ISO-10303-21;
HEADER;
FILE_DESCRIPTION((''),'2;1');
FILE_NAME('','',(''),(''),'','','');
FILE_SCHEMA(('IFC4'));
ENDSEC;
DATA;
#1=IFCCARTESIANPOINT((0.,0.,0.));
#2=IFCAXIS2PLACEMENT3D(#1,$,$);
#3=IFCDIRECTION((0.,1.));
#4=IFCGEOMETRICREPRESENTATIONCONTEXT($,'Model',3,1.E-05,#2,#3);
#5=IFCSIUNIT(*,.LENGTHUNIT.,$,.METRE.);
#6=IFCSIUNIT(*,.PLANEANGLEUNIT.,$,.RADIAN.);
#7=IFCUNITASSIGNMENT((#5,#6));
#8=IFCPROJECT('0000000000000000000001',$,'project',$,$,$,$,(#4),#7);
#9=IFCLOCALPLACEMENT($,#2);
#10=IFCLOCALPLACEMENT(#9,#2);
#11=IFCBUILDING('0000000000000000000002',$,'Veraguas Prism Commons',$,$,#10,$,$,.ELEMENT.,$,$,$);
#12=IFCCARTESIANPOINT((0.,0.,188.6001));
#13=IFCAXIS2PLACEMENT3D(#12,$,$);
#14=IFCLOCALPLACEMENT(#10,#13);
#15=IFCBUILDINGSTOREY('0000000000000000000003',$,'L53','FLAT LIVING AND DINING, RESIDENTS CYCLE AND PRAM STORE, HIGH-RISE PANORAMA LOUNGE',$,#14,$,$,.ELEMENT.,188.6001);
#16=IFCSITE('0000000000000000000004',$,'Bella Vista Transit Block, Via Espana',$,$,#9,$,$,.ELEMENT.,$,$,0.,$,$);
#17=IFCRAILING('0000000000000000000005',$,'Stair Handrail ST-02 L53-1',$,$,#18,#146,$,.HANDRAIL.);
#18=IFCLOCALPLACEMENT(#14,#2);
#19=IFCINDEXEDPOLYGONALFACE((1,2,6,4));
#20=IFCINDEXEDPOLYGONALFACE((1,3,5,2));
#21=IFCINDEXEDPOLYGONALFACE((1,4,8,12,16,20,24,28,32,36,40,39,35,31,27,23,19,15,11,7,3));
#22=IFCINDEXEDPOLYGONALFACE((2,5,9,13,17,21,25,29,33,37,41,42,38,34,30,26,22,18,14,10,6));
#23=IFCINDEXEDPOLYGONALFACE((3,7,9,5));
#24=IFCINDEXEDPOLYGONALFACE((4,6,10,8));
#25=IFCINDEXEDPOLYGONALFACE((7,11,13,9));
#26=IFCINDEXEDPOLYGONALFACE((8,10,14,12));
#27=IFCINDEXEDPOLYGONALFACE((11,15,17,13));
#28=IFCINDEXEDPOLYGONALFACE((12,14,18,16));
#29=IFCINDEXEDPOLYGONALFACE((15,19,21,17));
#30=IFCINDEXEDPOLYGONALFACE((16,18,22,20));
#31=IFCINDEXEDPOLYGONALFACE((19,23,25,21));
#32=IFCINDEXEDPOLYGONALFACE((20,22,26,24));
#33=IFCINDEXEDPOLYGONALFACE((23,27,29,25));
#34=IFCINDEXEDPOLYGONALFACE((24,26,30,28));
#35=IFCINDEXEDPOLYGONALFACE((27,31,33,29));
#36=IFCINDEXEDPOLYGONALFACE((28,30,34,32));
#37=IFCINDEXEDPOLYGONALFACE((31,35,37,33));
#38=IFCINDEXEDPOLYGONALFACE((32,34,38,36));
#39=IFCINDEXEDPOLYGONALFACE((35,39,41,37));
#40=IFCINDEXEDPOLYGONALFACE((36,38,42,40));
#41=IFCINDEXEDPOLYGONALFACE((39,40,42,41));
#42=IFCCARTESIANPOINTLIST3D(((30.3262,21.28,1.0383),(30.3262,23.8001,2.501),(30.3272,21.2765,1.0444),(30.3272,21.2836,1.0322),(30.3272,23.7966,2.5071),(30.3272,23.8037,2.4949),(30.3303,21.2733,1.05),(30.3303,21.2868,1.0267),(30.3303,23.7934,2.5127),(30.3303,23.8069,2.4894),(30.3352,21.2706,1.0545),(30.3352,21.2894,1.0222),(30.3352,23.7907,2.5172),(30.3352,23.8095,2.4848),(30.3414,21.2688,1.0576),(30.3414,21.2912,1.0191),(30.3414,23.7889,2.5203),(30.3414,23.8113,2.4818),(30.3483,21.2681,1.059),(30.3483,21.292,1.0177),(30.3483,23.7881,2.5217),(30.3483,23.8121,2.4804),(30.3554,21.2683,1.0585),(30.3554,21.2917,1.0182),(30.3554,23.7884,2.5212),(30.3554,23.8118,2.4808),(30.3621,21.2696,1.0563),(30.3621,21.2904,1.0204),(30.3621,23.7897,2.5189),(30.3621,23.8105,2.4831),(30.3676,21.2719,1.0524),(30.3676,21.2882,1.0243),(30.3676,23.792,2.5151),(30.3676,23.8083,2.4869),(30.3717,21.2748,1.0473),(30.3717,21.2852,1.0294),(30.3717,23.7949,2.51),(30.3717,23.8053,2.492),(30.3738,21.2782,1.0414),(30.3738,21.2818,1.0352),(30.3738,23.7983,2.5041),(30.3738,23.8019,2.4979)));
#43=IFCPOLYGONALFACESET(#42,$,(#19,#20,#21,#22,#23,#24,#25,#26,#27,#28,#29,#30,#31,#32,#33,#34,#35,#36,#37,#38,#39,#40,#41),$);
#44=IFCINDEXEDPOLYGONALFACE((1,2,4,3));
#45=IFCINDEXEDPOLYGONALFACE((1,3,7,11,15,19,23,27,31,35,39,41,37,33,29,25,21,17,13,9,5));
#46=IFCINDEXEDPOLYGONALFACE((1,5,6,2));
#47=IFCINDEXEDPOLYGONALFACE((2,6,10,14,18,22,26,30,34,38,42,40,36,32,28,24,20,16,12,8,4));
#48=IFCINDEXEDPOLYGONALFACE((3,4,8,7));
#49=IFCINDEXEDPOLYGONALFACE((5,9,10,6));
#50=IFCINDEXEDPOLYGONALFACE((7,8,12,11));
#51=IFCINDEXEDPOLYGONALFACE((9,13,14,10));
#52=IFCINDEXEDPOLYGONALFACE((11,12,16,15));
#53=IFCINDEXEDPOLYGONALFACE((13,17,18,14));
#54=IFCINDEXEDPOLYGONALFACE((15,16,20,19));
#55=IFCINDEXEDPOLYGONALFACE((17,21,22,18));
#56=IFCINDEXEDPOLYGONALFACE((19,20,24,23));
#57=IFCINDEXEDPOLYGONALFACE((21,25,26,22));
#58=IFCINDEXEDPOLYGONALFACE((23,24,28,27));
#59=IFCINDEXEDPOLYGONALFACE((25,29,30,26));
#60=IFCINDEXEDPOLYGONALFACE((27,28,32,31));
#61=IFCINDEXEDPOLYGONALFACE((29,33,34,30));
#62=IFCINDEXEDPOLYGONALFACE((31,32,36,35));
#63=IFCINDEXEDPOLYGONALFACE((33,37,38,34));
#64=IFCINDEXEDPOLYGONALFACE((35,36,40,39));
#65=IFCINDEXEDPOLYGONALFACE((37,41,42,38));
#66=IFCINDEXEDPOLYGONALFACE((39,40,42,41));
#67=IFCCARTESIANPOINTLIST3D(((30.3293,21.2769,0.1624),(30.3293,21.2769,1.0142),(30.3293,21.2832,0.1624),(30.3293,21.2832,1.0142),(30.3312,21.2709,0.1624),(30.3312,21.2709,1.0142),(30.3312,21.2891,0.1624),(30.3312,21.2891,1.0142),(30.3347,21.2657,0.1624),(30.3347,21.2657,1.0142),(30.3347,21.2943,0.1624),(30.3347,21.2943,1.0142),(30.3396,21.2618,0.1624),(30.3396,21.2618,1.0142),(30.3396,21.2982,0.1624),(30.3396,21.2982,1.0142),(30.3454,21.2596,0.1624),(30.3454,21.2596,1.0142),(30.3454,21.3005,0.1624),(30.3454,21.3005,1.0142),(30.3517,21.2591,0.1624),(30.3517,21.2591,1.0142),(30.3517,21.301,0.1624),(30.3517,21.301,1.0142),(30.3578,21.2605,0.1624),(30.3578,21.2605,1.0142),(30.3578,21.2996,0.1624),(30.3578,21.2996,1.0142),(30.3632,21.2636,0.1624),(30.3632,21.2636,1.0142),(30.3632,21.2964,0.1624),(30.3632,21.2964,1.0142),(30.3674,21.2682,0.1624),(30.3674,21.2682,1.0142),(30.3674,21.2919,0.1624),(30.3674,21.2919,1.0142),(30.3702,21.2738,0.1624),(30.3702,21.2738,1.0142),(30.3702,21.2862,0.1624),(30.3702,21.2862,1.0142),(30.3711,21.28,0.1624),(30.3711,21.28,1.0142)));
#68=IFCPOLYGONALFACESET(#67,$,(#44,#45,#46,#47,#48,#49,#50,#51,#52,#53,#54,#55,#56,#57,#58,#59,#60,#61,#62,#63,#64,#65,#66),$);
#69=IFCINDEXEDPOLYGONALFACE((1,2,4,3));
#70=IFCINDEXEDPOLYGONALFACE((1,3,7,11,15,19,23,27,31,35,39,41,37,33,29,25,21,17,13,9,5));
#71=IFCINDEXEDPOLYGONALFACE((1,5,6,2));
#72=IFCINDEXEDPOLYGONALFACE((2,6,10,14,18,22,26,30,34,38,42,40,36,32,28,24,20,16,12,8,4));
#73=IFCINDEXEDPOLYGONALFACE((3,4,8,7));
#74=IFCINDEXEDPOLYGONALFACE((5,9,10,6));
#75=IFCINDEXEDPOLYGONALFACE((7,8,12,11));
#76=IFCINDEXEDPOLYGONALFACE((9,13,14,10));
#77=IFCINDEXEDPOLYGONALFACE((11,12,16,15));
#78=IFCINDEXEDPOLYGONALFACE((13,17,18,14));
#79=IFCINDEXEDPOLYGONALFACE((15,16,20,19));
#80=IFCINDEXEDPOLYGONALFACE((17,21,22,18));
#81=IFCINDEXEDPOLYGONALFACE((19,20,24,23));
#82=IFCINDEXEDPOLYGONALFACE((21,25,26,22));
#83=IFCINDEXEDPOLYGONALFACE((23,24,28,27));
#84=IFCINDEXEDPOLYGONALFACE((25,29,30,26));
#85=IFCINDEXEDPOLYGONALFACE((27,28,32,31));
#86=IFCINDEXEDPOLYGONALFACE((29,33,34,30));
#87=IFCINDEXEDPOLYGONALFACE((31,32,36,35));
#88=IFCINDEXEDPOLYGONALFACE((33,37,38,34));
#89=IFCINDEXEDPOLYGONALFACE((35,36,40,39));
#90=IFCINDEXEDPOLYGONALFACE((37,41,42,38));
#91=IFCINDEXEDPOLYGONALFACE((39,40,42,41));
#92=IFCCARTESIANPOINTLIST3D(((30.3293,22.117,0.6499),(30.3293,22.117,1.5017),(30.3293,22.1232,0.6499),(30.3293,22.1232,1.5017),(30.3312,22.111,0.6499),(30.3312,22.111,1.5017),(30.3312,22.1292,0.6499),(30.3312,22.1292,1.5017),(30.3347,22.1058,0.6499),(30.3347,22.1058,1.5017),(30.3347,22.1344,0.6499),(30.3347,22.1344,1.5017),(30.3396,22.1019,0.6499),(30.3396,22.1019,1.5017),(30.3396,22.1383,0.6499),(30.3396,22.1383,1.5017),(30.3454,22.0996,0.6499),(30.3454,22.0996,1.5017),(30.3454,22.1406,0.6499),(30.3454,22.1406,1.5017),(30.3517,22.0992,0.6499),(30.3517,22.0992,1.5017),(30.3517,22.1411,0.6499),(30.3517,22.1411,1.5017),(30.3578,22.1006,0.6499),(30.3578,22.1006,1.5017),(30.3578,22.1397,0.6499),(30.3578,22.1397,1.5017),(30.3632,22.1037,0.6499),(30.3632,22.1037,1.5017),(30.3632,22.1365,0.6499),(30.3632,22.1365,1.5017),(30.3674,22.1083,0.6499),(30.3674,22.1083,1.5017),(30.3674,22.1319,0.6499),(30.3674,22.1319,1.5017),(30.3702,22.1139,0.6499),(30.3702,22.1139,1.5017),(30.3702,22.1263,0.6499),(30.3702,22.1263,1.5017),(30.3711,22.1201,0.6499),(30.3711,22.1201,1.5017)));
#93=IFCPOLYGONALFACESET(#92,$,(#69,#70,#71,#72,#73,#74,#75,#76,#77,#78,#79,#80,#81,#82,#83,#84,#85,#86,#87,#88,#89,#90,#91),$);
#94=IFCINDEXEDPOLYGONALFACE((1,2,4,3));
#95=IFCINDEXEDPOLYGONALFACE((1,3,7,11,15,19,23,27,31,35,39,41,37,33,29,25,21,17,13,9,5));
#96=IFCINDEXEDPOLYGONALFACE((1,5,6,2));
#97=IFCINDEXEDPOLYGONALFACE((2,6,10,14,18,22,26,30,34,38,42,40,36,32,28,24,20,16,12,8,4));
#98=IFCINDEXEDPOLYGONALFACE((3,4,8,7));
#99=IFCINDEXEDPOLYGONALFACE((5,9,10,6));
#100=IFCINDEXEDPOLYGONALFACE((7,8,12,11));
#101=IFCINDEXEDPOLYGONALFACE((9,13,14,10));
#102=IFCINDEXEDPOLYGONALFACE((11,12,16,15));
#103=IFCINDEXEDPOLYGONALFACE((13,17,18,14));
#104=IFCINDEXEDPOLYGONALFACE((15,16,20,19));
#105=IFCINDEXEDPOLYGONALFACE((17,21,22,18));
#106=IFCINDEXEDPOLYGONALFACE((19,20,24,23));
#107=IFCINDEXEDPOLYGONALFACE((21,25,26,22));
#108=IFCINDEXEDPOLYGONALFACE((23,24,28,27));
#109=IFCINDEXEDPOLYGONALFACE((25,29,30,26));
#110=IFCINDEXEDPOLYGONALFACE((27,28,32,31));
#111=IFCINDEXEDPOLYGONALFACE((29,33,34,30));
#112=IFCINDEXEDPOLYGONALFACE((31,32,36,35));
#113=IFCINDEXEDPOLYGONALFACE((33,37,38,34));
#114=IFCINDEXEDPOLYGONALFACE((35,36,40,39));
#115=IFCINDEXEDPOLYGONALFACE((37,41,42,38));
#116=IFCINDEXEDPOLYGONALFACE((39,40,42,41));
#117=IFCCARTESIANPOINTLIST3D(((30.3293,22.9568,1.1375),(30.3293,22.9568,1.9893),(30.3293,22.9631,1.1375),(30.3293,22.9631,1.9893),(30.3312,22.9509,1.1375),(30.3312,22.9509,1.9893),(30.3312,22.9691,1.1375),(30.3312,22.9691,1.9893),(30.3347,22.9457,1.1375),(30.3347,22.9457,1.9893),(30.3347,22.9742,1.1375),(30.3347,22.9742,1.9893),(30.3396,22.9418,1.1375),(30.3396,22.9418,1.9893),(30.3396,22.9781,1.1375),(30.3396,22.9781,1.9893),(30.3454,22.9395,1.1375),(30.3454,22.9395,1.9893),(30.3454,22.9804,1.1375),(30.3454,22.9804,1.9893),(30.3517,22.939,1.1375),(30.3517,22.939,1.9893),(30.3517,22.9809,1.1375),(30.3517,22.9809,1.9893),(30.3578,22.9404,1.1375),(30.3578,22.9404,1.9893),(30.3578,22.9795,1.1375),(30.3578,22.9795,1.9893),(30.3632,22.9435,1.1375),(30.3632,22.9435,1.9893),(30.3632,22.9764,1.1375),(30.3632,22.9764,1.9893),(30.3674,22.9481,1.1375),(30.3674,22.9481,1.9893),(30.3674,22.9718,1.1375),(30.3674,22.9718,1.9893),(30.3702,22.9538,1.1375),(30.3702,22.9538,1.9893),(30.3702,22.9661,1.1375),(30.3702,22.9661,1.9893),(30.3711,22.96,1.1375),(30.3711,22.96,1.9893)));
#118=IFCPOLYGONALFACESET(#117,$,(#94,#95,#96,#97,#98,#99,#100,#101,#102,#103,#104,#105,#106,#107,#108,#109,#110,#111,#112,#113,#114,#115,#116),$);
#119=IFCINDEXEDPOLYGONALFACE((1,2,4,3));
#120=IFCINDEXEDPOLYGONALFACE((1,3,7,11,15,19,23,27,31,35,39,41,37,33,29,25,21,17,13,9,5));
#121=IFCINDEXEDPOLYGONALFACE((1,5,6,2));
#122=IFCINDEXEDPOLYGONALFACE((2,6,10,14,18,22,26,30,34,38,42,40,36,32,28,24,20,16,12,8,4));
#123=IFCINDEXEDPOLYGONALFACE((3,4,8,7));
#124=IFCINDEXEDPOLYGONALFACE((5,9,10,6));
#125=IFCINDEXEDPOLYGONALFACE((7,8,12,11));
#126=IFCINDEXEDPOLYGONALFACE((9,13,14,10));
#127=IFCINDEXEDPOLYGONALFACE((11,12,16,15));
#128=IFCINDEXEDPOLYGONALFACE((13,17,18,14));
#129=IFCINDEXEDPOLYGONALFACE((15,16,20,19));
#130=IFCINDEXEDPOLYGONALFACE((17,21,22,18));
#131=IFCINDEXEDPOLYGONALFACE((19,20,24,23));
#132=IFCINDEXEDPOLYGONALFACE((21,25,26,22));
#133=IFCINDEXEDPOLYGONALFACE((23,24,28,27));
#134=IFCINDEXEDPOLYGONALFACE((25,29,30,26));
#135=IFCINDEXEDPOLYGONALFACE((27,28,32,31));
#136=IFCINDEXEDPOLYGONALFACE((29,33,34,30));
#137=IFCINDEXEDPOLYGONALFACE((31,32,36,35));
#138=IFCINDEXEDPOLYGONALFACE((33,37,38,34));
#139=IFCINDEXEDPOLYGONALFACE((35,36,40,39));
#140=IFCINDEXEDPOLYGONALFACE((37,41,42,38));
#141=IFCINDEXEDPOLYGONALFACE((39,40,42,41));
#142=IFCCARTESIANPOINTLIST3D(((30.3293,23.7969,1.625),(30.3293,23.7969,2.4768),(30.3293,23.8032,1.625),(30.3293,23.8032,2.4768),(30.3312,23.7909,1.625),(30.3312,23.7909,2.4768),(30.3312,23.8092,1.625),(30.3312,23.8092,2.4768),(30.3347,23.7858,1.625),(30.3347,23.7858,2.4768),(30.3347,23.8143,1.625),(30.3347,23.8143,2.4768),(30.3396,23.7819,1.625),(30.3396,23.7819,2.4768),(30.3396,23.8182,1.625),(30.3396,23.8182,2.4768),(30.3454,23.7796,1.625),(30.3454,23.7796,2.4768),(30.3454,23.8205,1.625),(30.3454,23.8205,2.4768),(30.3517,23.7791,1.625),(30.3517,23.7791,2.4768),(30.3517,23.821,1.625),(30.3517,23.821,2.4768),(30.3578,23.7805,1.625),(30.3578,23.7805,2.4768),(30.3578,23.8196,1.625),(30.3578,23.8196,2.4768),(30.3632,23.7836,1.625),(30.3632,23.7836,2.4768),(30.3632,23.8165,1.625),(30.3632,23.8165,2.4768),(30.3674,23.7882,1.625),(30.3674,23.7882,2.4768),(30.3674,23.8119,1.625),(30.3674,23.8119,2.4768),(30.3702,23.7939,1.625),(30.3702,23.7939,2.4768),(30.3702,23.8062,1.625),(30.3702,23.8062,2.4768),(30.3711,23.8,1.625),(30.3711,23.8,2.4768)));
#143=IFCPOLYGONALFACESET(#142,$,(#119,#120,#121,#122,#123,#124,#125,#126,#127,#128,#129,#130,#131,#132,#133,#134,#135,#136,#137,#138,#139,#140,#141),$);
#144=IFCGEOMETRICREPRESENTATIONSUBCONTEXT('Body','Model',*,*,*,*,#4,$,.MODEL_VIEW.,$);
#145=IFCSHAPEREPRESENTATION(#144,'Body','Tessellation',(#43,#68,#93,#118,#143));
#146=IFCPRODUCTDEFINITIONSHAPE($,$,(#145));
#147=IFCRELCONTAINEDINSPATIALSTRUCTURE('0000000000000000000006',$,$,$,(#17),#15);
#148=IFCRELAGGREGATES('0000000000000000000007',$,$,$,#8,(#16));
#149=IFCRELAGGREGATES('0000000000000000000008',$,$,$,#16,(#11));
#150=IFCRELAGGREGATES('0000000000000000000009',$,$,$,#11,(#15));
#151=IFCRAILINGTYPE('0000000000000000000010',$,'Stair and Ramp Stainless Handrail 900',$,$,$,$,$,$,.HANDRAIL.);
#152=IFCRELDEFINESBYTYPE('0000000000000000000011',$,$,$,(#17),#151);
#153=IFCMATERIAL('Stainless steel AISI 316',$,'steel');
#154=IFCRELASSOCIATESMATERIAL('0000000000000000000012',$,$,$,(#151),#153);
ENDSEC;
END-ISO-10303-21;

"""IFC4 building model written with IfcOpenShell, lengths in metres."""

from ifc_helpers import new_model, si_unit, direction, frame, origin, origin_2d, place, context, subcontext, project, spatial, circle, extrude, material, type_object, element, save


model = new_model("IFC4")

# Units and contexts
model_context = context("Model", 3, precision=1e-05, world=origin(), true_north=direction((0.0, 1.0)))
body_context = subcontext(model_context, "Body", "Model", "MODEL_VIEW")
ifc_project = project(units=[si_unit("LENGTHUNIT", "METRE"), si_unit("PLANEANGLEUNIT", "RADIAN")], contexts=[model_context])

# Site, building, storey
site_placement = place(None, origin())
site = spatial("IfcSite", under=ifc_project, at=site_placement, Name="Bella Vista Transit Block, Via Espana", CompositionType="ELEMENT", RefElevation=0.0)
building_placement = place(site_placement, origin())
building = spatial("IfcBuilding", under=site, at=building_placement, Name="Veraguas Prism Commons", CompositionType="ELEMENT")
storey_placement = place(building_placement, frame((0.0, 0.0, 188.6001)))
storey = spatial("IfcBuildingStorey", under=building, at=storey_placement, Name="L53", Description="FLAT LIVING AND DINING, RESIDENTS CYCLE AND PRAM STORE, HIGH-RISE PANORAMA LOUNGE", CompositionType="ELEMENT", Elevation=188.6001)

# Railing
ifc_material_1 = material(Name="Stainless steel AISI 316", Category="steel")
railing_type_1 = type_object("IfcRailingType", Name="Stair and Ramp Stainless Handrail 900", PredefinedType="HANDRAIL", material=ifc_material_1)
railing_1_placement = place(storey_placement, frame((30.3501, 21.28, 0.1624)))
element("IfcRailing", 1, at=railing_1_placement, inside=storey, type_object=railing_type_1, Name="Stair Handrail ST-02 L53-1", PredefinedType="HANDRAIL", context=body_context, shape_type="SweptSolid", body=[
    extrude(circle(Radius=0.0239, at=origin_2d()), frame((0.0, 0.0, 0.876), z_axis=(0.0, 0.864877, 0.501984), x_axis=(-1.0, 0.0, 0.0)), (0.0, 0.0, 1.0), 2.9138),
    extrude(circle(Radius=0.021, at=origin_2d()), origin(), (0.0, 0.0, 1.0), 0.8518),
    extrude(circle(Radius=0.021, at=origin_2d()), frame((0.0, 0.8401, 0.4875)), (0.0, 0.0, 1.0), 0.8518),
    extrude(circle(Radius=0.021, at=origin_2d()), frame((0.0, 1.6799, 0.9751)), (0.0, 0.0, 1.0), 0.8518),
    extrude(circle(Radius=0.021, at=origin_2d()), frame((0.0, 2.52, 1.4626)), (0.0, 0.0, 1.0), 0.8518),
])

save(model, "model.ifc")
